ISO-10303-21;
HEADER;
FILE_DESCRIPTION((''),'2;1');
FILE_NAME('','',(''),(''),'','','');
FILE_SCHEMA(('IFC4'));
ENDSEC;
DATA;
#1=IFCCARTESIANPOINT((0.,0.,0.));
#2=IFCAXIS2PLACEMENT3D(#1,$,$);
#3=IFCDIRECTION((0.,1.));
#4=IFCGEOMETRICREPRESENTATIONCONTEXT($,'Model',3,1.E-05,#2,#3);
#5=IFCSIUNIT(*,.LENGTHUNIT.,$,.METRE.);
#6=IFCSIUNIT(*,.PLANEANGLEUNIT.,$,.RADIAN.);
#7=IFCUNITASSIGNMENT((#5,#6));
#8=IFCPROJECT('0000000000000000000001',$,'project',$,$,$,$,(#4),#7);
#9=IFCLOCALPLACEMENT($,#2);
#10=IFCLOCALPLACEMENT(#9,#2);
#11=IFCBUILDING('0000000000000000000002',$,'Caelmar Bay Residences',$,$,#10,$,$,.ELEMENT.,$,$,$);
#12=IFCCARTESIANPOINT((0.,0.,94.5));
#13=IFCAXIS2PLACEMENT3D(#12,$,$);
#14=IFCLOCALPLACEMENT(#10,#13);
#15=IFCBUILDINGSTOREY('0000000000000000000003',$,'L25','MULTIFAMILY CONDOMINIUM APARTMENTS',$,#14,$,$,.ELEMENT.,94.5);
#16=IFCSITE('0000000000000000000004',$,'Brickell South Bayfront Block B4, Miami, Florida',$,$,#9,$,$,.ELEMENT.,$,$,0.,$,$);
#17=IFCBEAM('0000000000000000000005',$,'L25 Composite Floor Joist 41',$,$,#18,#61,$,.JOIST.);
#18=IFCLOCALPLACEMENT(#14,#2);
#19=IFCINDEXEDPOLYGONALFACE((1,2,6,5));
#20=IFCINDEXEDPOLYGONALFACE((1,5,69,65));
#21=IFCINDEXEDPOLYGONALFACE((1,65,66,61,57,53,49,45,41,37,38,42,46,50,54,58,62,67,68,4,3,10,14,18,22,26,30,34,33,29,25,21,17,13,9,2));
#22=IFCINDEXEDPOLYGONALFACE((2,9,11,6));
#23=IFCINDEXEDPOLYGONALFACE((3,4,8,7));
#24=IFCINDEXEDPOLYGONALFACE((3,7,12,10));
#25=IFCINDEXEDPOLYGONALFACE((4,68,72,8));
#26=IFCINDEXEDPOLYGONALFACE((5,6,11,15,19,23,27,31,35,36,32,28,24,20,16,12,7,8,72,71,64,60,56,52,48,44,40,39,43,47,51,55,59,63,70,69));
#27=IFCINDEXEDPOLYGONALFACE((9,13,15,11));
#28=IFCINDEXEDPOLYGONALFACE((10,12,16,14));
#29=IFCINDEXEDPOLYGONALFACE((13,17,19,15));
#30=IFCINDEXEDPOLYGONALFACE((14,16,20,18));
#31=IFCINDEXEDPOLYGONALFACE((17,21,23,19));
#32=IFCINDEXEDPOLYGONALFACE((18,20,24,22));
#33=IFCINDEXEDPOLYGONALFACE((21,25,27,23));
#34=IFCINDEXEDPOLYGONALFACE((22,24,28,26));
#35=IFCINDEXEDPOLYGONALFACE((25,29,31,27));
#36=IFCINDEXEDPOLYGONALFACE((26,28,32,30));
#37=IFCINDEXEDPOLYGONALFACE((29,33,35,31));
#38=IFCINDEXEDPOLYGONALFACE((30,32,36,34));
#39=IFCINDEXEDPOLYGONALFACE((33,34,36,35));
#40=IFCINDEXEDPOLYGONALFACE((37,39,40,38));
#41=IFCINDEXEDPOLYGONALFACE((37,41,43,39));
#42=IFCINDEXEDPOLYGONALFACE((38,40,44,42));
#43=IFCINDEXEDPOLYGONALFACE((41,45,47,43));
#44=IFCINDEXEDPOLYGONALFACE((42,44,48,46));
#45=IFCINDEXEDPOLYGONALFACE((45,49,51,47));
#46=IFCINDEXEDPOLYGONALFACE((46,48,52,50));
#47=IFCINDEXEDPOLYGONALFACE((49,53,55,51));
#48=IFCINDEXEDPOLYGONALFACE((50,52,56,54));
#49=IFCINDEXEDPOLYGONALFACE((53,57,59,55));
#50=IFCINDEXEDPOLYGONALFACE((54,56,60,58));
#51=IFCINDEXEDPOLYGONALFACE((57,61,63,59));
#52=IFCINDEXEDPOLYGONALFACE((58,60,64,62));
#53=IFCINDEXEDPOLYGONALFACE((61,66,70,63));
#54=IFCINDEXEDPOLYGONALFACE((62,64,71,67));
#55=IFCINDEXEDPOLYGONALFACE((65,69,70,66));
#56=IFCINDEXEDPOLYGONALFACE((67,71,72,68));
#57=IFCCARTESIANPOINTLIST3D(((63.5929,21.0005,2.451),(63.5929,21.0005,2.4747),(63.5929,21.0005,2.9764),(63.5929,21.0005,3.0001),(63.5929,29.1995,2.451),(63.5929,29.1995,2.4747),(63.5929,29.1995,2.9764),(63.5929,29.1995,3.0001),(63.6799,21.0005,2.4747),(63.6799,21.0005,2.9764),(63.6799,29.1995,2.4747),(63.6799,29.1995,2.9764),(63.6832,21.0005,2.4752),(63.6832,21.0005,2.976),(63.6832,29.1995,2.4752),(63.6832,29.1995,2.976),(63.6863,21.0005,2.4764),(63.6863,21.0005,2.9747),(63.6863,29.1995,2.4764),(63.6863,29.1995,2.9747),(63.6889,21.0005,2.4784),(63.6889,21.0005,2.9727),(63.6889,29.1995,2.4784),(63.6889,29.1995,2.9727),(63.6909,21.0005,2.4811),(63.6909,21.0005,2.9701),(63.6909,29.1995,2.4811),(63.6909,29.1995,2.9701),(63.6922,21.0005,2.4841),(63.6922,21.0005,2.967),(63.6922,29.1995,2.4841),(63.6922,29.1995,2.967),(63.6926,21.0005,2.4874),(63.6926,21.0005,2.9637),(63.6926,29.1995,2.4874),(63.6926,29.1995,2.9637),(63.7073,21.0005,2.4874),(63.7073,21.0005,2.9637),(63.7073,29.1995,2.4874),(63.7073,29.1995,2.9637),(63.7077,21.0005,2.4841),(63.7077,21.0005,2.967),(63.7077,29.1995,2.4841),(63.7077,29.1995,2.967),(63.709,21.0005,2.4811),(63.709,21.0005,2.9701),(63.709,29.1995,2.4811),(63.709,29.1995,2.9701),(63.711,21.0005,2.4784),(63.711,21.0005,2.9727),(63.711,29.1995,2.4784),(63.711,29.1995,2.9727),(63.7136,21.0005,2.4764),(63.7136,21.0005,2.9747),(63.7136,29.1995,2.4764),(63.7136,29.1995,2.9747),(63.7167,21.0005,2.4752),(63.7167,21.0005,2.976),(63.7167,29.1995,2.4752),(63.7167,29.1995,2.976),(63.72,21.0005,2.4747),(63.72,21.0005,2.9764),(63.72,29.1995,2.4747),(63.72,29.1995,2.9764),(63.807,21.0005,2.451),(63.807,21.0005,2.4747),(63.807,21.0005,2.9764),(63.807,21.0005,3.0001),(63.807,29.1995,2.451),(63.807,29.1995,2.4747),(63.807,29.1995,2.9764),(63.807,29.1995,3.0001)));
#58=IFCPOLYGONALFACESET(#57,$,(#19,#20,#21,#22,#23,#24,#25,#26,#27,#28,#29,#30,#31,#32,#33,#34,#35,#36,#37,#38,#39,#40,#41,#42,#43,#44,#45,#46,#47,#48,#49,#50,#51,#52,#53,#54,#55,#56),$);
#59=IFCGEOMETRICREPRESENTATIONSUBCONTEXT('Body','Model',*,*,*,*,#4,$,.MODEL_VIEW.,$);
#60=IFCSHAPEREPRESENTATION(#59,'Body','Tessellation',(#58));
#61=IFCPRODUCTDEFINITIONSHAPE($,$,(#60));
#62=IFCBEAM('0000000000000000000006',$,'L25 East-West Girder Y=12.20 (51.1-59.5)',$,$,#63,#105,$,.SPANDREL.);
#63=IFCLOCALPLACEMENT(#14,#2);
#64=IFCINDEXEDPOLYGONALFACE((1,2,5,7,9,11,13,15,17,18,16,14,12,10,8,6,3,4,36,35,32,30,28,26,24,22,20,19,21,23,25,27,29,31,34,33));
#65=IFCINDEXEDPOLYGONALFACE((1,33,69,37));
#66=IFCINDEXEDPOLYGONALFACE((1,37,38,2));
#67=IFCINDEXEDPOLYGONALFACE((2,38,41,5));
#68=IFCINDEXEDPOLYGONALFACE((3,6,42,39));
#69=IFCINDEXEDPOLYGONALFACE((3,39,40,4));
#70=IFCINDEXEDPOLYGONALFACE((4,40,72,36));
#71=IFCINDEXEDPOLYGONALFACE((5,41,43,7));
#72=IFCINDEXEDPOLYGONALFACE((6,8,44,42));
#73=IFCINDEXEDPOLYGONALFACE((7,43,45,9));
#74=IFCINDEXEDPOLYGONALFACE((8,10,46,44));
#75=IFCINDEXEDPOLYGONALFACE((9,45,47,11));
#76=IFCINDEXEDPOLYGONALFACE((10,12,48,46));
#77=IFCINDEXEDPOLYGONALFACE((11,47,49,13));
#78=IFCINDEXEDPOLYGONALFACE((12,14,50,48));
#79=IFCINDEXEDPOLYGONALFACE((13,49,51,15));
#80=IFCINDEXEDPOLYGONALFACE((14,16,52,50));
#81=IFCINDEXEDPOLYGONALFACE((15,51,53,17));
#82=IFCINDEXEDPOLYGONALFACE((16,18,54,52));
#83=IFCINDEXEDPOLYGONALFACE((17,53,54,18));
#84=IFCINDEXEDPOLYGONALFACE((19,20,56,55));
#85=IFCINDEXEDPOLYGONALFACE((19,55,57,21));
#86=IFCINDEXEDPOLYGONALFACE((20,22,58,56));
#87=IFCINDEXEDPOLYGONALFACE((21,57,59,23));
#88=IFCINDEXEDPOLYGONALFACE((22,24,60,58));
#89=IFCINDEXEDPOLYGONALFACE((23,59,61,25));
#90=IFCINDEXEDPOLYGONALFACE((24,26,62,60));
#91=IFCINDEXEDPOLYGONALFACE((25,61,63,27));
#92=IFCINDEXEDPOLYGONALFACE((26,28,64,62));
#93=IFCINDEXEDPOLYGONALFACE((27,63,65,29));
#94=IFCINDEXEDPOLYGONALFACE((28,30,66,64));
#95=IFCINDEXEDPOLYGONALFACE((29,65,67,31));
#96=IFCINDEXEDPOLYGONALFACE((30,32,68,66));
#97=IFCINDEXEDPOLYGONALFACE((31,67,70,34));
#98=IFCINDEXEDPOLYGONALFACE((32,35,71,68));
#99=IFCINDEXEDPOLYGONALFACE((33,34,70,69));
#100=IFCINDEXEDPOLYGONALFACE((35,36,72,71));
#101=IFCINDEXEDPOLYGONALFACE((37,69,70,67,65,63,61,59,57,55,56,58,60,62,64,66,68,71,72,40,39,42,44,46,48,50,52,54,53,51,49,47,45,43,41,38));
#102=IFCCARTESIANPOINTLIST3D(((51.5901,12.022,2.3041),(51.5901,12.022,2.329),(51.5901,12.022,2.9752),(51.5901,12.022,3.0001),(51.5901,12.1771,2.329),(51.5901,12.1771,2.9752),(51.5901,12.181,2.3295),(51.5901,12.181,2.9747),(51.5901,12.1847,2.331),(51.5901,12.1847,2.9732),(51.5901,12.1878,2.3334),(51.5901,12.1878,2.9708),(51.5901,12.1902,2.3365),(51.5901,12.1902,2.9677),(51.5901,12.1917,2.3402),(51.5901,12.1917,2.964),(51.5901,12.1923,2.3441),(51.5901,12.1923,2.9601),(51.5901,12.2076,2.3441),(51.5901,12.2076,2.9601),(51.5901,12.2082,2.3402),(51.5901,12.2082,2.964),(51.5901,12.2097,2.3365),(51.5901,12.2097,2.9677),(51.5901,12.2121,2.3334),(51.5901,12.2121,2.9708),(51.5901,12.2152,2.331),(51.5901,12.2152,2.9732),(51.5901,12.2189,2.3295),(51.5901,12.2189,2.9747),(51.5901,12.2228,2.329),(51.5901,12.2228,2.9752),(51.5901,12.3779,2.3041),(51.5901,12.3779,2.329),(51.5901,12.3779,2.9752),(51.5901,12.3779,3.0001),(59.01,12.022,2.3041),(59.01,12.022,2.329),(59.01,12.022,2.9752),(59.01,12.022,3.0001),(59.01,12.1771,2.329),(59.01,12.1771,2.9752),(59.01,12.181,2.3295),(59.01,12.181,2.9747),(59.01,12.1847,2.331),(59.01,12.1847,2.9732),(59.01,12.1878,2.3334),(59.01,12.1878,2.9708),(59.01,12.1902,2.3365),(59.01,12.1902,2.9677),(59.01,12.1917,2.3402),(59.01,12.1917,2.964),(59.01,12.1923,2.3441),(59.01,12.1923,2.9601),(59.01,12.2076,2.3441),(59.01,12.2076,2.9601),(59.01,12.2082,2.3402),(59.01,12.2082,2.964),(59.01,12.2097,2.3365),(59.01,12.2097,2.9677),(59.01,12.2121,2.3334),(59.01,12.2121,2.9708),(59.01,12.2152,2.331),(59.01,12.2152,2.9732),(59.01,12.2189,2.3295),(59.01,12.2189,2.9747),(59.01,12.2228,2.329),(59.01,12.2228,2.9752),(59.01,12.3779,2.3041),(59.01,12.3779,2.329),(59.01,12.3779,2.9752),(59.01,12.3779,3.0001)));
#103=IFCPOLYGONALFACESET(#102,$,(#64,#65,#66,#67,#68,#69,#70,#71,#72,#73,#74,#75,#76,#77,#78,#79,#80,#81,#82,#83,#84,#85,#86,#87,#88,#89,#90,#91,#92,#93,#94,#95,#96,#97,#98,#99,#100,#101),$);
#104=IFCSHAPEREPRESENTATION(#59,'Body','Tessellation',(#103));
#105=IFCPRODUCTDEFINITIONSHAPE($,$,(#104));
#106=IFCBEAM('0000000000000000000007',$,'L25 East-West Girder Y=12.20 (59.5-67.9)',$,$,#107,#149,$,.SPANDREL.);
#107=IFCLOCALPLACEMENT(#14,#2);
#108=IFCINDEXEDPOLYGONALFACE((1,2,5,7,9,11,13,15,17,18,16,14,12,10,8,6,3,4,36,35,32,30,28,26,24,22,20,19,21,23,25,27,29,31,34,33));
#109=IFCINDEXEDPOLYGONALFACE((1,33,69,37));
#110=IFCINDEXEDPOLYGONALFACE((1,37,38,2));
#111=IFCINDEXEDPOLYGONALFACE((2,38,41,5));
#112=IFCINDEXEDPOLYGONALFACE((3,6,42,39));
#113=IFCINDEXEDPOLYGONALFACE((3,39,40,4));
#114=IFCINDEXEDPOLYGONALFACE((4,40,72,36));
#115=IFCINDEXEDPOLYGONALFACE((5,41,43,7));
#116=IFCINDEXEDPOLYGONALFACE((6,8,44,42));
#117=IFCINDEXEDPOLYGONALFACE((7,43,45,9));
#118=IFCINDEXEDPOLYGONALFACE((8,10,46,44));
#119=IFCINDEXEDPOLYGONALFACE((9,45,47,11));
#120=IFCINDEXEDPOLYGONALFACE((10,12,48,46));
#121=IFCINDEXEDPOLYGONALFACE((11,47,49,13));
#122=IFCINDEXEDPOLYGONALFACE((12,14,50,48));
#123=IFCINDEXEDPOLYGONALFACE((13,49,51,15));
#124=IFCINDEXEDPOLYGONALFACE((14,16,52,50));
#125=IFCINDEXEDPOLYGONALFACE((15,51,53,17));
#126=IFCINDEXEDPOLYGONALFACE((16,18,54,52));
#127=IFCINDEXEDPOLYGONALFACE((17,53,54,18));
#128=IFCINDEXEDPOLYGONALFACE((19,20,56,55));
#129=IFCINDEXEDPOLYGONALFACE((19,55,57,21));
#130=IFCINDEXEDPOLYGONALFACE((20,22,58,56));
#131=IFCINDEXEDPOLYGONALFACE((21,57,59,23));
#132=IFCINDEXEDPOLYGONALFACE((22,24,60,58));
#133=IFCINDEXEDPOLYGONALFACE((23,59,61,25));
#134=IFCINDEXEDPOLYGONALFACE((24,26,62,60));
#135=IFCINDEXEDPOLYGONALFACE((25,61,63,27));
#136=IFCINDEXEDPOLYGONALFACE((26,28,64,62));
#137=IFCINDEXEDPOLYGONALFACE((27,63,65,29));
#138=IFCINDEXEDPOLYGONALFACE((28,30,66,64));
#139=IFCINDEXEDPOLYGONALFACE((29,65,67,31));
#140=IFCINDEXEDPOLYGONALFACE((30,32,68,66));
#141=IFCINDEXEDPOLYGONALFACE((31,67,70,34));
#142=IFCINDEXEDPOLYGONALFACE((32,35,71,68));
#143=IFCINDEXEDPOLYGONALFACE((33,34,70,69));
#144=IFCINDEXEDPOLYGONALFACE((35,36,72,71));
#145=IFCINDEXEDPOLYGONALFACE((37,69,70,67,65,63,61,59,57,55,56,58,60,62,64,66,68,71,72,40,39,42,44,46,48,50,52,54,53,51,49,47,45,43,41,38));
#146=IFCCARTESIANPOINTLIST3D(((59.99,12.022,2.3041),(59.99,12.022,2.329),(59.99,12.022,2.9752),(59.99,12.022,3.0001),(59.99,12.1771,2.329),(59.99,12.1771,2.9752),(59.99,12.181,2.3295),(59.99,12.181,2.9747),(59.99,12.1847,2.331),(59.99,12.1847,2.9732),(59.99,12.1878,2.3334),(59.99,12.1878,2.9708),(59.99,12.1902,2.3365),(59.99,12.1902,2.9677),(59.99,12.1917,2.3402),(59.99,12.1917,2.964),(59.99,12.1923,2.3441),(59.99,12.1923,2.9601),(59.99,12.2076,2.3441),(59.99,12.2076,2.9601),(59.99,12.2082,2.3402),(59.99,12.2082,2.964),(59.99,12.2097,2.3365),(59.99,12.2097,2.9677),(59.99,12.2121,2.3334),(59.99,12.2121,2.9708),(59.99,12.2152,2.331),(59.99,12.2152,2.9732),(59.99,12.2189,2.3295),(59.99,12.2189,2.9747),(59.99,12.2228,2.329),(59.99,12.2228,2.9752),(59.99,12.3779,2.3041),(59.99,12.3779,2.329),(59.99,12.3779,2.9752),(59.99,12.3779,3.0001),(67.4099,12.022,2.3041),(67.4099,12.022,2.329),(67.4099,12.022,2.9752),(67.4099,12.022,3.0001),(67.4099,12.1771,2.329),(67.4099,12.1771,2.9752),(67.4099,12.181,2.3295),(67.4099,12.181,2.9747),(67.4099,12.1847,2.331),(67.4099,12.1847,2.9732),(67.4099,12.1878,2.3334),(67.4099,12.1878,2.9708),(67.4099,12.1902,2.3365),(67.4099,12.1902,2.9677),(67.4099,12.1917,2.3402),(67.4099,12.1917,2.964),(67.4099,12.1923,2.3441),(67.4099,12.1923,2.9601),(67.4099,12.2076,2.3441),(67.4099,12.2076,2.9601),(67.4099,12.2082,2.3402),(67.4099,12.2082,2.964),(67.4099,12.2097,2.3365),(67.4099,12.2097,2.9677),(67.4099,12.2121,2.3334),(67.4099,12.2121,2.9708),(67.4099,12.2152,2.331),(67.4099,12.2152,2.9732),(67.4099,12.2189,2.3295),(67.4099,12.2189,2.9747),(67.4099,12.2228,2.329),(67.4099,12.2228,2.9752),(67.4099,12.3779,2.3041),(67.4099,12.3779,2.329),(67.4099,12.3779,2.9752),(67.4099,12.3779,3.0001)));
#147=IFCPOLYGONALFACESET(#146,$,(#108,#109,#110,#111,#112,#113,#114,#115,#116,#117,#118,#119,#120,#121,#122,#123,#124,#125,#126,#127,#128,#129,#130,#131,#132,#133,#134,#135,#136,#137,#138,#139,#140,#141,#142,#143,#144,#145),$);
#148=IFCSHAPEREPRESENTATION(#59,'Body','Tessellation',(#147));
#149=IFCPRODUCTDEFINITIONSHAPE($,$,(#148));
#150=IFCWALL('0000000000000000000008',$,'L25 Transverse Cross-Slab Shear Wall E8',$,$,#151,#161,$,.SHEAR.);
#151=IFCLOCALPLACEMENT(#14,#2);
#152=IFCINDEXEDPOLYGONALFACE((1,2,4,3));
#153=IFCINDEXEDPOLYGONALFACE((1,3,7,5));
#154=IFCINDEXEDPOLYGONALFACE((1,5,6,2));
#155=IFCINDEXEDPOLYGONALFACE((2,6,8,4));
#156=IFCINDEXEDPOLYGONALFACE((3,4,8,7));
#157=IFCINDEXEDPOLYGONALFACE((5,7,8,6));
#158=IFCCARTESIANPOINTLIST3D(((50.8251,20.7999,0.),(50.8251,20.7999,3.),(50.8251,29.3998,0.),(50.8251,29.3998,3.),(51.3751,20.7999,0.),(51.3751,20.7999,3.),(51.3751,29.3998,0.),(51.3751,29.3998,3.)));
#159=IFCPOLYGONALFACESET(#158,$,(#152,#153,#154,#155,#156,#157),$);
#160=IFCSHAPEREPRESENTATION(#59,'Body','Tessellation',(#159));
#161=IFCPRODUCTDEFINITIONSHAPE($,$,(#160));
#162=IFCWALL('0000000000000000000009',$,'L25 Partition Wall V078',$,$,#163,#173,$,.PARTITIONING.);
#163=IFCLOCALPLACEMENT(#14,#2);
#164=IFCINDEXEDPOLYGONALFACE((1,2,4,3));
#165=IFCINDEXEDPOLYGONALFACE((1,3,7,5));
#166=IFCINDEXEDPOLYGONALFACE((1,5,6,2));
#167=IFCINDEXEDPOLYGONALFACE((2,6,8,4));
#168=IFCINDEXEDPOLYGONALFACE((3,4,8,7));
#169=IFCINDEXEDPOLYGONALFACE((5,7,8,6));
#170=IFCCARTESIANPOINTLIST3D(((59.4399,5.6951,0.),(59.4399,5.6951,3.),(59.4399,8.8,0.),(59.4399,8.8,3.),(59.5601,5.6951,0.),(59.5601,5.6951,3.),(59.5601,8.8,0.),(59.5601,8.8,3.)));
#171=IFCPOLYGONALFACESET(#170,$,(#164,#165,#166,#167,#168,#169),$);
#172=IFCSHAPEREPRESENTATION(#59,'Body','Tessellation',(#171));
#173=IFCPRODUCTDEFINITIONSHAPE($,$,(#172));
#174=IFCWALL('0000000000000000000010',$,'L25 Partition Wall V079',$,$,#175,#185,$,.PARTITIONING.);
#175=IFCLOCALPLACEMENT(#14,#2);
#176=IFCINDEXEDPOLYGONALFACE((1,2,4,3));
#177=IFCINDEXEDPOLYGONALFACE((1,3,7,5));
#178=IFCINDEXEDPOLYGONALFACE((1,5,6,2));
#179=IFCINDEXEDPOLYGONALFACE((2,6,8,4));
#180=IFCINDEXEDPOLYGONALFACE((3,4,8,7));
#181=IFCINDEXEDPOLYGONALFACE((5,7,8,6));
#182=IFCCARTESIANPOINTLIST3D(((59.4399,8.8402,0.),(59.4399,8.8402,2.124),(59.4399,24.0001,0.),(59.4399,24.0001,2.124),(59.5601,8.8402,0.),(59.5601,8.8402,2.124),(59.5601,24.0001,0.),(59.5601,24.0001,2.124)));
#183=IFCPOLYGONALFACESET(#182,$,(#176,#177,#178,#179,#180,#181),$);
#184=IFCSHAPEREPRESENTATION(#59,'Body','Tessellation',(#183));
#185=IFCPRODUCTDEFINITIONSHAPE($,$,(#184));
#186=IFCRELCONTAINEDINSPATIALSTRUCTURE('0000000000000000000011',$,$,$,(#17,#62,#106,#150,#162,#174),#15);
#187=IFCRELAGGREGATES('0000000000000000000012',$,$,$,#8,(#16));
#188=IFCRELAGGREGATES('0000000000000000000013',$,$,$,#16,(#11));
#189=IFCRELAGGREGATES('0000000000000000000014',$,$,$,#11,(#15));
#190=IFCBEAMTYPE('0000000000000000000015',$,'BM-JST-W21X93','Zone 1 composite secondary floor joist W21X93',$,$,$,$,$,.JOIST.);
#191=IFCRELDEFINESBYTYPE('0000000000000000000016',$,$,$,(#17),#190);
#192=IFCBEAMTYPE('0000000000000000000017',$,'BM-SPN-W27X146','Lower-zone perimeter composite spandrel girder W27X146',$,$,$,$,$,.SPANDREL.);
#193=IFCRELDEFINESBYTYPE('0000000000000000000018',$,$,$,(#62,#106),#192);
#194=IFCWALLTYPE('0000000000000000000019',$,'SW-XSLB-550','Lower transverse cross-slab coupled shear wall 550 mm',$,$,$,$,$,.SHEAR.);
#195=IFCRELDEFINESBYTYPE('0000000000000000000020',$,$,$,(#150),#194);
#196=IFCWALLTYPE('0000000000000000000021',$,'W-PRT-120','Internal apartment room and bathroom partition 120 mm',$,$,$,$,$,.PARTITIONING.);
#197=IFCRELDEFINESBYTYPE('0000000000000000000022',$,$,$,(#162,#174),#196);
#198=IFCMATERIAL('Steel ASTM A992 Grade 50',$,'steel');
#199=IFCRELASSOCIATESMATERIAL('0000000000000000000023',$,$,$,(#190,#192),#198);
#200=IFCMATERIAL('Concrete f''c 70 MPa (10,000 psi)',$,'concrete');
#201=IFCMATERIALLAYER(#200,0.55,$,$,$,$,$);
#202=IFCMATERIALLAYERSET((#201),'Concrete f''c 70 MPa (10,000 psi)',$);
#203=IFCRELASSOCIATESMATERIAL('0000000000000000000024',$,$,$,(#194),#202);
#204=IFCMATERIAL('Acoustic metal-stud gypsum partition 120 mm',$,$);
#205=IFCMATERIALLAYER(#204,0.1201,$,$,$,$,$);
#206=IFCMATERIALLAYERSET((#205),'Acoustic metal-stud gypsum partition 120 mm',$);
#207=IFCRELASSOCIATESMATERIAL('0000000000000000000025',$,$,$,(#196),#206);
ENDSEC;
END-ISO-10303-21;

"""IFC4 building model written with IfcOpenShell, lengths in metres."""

from ifc_helpers import new_model, si_unit, direction, frame, frame_2d, origin, origin_2d, place, context, subcontext, project, spatial, rectangle, i_section, extrude, material, layer, layer_set, material_profile, profile_set, type_object, element, save


model = new_model("IFC4")

# Units and contexts
model_context = context("Model", 3, precision=1e-05, world=origin(), true_north=direction((0.0, 1.0)))
body_context = subcontext(model_context, "Body", "Model", "MODEL_VIEW")
ifc_project = project(units=[si_unit("LENGTHUNIT", "METRE"), si_unit("PLANEANGLEUNIT", "RADIAN")], contexts=[model_context])

# Site, building, storey
site_placement = place(None, origin())
site = spatial("IfcSite", under=ifc_project, at=site_placement, Name="Brickell South Bayfront Block B4, Miami, Florida", CompositionType="ELEMENT", RefElevation=0.0)
building_placement = place(site_placement, origin())
building = spatial("IfcBuilding", under=site, at=building_placement, Name="Caelmar Bay Residences", CompositionType="ELEMENT")
storey_placement = place(building_placement, frame((0.0, 0.0, 94.5)))
storey = spatial("IfcBuildingStorey", under=building, at=storey_placement, Name="L25", Description="MULTIFAMILY CONDOMINIUM APARTMENTS", CompositionType="ELEMENT", Elevation=94.5)

# Shared definitions
ifc_material_1 = material(Name="Concrete f'c 70 MPa (10,000 psi)", Category="concrete")

# Beams
ifc_material_2 = material(Name="Steel ASTM A992 Grade 50", Category="steel")
ifc_material_profile_1 = material_profile(ifc_material_2, i_section(OverallWidth=0.2141, OverallDepth=0.5491, WebThickness=0.0146, FlangeThickness=0.0237, FilletRadius=0.0127, at=origin_2d()), Name="W21X93")
ifc_profile_set_1 = profile_set([ifc_material_profile_1], Name="Steel ASTM A992 Grade 50")
beam_type_1 = type_object("IfcBeamType", Name="BM-JST-W21X93", Description="Zone 1 composite secondary floor joist W21X93", PredefinedType="JOIST", material=ifc_profile_set_1)
for number, where, z_axis, x_axis, name in (
    (1, (63.7, 21.0005, 2.7256), (0.0, 1.0, 0.0), (-1.0, 0.0, 0.0), "L25 Composite Floor Joist 41"),
):
    element("IfcBeam", number, at=place(storey_placement, frame(where, z_axis=z_axis, x_axis=x_axis)), inside=storey, type_object=beam_type_1, Name=name, PredefinedType="JOIST", context=body_context, shape_type="SweptSolid", body=[
        extrude(i_section(OverallWidth=0.2141, OverallDepth=0.5491, WebThickness=0.0146, FlangeThickness=0.0237, FilletRadius=0.0127, at=origin_2d()), origin(), (0.0, 0.0, 1.0), 8.199),
    ])
ifc_material_profile_2 = material_profile(ifc_material_2, i_section(OverallWidth=0.356, OverallDepth=0.696, WebThickness=0.0154, FlangeThickness=0.0249, FilletRadius=0.0151, at=origin_2d()), Name="W27X146")
ifc_profile_set_2 = profile_set([ifc_material_profile_2], Name="Steel ASTM A992 Grade 50")
beam_type_2 = type_object("IfcBeamType", Name="BM-SPN-W27X146", Description="Lower-zone perimeter composite spandrel girder W27X146", PredefinedType="SPANDREL", material=ifc_profile_set_2)
for number, where, z_axis, x_axis, name in (
    (2, (51.5901, 12.2, 2.6521), (1.0, 0.0, 0.0), (0.0, 1.0, 0.0), "L25 East-West Girder Y=12.20 (51.1-59.5)"),
    (3, (59.99, 12.2, 2.6521), (1.0, 0.0, 0.0), (0.0, 1.0, 0.0), "L25 East-West Girder Y=12.20 (59.5-67.9)"),
):
    element("IfcBeam", number, at=place(storey_placement, frame(where, z_axis=z_axis, x_axis=x_axis)), inside=storey, type_object=beam_type_2, Name=name, PredefinedType="SPANDREL", context=body_context, shape_type="SweptSolid", body=[
        extrude(i_section(OverallWidth=0.356, OverallDepth=0.696, WebThickness=0.0154, FlangeThickness=0.0249, FilletRadius=0.0151, at=origin_2d()), origin(), (0.0, 0.0, 1.0), 7.4199),
    ])

# Walls
ifc_layer_1 = layer(ifc_material_1, 0.55)
ifc_layer_set_1 = layer_set([ifc_layer_1], Name="Concrete f'c 70 MPa (10,000 psi)")
wall_type_1 = type_object("IfcWallType", Name="SW-XSLB-550", Description="Lower transverse cross-slab coupled shear wall 550 mm", PredefinedType="SHEAR", material=ifc_layer_set_1)
wall_1_placement = place(storey_placement, frame((51.1001, 20.8, 0.0), z_axis=(0.0, 0.0, 1.0), x_axis=(0.0, 1.0, 0.0)))
element("IfcWall", 4, at=wall_1_placement, inside=storey, type_object=wall_type_1, Name="L25 Transverse Cross-Slab Shear Wall E8", PredefinedType="SHEAR", context=body_context, shape_type="SweptSolid", body=[
    extrude(rectangle(XDim=8.5999, YDim=0.55, at=frame_2d((4.2998, 0.0))), origin(), (0.0, 0.0, 1.0), 3.0),
])
ifc_material_3 = material(Name="Acoustic metal-stud gypsum partition 120 mm")
ifc_layer_2 = layer(ifc_material_3, 0.1201)
ifc_layer_set_2 = layer_set([ifc_layer_2], Name="Acoustic metal-stud gypsum partition 120 mm")
wall_type_2 = type_object("IfcWallType", Name="W-PRT-120", Description="Internal apartment room and bathroom partition 120 mm", PredefinedType="PARTITIONING", material=ifc_layer_set_2)
wall_2_placement = place(storey_placement, frame((59.5, 5.6951, 0.0), z_axis=(0.0, 0.0, 1.0), x_axis=(0.0, 1.0, 0.0)))
element("IfcWall", 5, at=wall_2_placement, inside=storey, type_object=wall_type_2, Name="L25 Partition Wall V078", PredefinedType="PARTITIONING", context=body_context, shape_type="SweptSolid", body=[
    extrude(rectangle(XDim=3.105, YDim=0.1201, at=frame_2d((1.5525, 0.0))), origin(), (0.0, 0.0, 1.0), 3.0),
])
wall_3_placement = place(storey_placement, frame((59.5, 8.8401, 0.0), z_axis=(0.0, 0.0, 1.0), x_axis=(0.0, 1.0, 0.0)))
element("IfcWall", 6, at=wall_3_placement, inside=storey, type_object=wall_type_2, Name="L25 Partition Wall V079", PredefinedType="PARTITIONING", context=body_context, shape_type="SweptSolid", body=[
    extrude(rectangle(XDim=15.1599, YDim=0.1201, at=frame_2d((7.5801, 0.0))), origin(), (0.0, 0.0, 1.0), 2.124),
])

save(model, "model.ifc")
